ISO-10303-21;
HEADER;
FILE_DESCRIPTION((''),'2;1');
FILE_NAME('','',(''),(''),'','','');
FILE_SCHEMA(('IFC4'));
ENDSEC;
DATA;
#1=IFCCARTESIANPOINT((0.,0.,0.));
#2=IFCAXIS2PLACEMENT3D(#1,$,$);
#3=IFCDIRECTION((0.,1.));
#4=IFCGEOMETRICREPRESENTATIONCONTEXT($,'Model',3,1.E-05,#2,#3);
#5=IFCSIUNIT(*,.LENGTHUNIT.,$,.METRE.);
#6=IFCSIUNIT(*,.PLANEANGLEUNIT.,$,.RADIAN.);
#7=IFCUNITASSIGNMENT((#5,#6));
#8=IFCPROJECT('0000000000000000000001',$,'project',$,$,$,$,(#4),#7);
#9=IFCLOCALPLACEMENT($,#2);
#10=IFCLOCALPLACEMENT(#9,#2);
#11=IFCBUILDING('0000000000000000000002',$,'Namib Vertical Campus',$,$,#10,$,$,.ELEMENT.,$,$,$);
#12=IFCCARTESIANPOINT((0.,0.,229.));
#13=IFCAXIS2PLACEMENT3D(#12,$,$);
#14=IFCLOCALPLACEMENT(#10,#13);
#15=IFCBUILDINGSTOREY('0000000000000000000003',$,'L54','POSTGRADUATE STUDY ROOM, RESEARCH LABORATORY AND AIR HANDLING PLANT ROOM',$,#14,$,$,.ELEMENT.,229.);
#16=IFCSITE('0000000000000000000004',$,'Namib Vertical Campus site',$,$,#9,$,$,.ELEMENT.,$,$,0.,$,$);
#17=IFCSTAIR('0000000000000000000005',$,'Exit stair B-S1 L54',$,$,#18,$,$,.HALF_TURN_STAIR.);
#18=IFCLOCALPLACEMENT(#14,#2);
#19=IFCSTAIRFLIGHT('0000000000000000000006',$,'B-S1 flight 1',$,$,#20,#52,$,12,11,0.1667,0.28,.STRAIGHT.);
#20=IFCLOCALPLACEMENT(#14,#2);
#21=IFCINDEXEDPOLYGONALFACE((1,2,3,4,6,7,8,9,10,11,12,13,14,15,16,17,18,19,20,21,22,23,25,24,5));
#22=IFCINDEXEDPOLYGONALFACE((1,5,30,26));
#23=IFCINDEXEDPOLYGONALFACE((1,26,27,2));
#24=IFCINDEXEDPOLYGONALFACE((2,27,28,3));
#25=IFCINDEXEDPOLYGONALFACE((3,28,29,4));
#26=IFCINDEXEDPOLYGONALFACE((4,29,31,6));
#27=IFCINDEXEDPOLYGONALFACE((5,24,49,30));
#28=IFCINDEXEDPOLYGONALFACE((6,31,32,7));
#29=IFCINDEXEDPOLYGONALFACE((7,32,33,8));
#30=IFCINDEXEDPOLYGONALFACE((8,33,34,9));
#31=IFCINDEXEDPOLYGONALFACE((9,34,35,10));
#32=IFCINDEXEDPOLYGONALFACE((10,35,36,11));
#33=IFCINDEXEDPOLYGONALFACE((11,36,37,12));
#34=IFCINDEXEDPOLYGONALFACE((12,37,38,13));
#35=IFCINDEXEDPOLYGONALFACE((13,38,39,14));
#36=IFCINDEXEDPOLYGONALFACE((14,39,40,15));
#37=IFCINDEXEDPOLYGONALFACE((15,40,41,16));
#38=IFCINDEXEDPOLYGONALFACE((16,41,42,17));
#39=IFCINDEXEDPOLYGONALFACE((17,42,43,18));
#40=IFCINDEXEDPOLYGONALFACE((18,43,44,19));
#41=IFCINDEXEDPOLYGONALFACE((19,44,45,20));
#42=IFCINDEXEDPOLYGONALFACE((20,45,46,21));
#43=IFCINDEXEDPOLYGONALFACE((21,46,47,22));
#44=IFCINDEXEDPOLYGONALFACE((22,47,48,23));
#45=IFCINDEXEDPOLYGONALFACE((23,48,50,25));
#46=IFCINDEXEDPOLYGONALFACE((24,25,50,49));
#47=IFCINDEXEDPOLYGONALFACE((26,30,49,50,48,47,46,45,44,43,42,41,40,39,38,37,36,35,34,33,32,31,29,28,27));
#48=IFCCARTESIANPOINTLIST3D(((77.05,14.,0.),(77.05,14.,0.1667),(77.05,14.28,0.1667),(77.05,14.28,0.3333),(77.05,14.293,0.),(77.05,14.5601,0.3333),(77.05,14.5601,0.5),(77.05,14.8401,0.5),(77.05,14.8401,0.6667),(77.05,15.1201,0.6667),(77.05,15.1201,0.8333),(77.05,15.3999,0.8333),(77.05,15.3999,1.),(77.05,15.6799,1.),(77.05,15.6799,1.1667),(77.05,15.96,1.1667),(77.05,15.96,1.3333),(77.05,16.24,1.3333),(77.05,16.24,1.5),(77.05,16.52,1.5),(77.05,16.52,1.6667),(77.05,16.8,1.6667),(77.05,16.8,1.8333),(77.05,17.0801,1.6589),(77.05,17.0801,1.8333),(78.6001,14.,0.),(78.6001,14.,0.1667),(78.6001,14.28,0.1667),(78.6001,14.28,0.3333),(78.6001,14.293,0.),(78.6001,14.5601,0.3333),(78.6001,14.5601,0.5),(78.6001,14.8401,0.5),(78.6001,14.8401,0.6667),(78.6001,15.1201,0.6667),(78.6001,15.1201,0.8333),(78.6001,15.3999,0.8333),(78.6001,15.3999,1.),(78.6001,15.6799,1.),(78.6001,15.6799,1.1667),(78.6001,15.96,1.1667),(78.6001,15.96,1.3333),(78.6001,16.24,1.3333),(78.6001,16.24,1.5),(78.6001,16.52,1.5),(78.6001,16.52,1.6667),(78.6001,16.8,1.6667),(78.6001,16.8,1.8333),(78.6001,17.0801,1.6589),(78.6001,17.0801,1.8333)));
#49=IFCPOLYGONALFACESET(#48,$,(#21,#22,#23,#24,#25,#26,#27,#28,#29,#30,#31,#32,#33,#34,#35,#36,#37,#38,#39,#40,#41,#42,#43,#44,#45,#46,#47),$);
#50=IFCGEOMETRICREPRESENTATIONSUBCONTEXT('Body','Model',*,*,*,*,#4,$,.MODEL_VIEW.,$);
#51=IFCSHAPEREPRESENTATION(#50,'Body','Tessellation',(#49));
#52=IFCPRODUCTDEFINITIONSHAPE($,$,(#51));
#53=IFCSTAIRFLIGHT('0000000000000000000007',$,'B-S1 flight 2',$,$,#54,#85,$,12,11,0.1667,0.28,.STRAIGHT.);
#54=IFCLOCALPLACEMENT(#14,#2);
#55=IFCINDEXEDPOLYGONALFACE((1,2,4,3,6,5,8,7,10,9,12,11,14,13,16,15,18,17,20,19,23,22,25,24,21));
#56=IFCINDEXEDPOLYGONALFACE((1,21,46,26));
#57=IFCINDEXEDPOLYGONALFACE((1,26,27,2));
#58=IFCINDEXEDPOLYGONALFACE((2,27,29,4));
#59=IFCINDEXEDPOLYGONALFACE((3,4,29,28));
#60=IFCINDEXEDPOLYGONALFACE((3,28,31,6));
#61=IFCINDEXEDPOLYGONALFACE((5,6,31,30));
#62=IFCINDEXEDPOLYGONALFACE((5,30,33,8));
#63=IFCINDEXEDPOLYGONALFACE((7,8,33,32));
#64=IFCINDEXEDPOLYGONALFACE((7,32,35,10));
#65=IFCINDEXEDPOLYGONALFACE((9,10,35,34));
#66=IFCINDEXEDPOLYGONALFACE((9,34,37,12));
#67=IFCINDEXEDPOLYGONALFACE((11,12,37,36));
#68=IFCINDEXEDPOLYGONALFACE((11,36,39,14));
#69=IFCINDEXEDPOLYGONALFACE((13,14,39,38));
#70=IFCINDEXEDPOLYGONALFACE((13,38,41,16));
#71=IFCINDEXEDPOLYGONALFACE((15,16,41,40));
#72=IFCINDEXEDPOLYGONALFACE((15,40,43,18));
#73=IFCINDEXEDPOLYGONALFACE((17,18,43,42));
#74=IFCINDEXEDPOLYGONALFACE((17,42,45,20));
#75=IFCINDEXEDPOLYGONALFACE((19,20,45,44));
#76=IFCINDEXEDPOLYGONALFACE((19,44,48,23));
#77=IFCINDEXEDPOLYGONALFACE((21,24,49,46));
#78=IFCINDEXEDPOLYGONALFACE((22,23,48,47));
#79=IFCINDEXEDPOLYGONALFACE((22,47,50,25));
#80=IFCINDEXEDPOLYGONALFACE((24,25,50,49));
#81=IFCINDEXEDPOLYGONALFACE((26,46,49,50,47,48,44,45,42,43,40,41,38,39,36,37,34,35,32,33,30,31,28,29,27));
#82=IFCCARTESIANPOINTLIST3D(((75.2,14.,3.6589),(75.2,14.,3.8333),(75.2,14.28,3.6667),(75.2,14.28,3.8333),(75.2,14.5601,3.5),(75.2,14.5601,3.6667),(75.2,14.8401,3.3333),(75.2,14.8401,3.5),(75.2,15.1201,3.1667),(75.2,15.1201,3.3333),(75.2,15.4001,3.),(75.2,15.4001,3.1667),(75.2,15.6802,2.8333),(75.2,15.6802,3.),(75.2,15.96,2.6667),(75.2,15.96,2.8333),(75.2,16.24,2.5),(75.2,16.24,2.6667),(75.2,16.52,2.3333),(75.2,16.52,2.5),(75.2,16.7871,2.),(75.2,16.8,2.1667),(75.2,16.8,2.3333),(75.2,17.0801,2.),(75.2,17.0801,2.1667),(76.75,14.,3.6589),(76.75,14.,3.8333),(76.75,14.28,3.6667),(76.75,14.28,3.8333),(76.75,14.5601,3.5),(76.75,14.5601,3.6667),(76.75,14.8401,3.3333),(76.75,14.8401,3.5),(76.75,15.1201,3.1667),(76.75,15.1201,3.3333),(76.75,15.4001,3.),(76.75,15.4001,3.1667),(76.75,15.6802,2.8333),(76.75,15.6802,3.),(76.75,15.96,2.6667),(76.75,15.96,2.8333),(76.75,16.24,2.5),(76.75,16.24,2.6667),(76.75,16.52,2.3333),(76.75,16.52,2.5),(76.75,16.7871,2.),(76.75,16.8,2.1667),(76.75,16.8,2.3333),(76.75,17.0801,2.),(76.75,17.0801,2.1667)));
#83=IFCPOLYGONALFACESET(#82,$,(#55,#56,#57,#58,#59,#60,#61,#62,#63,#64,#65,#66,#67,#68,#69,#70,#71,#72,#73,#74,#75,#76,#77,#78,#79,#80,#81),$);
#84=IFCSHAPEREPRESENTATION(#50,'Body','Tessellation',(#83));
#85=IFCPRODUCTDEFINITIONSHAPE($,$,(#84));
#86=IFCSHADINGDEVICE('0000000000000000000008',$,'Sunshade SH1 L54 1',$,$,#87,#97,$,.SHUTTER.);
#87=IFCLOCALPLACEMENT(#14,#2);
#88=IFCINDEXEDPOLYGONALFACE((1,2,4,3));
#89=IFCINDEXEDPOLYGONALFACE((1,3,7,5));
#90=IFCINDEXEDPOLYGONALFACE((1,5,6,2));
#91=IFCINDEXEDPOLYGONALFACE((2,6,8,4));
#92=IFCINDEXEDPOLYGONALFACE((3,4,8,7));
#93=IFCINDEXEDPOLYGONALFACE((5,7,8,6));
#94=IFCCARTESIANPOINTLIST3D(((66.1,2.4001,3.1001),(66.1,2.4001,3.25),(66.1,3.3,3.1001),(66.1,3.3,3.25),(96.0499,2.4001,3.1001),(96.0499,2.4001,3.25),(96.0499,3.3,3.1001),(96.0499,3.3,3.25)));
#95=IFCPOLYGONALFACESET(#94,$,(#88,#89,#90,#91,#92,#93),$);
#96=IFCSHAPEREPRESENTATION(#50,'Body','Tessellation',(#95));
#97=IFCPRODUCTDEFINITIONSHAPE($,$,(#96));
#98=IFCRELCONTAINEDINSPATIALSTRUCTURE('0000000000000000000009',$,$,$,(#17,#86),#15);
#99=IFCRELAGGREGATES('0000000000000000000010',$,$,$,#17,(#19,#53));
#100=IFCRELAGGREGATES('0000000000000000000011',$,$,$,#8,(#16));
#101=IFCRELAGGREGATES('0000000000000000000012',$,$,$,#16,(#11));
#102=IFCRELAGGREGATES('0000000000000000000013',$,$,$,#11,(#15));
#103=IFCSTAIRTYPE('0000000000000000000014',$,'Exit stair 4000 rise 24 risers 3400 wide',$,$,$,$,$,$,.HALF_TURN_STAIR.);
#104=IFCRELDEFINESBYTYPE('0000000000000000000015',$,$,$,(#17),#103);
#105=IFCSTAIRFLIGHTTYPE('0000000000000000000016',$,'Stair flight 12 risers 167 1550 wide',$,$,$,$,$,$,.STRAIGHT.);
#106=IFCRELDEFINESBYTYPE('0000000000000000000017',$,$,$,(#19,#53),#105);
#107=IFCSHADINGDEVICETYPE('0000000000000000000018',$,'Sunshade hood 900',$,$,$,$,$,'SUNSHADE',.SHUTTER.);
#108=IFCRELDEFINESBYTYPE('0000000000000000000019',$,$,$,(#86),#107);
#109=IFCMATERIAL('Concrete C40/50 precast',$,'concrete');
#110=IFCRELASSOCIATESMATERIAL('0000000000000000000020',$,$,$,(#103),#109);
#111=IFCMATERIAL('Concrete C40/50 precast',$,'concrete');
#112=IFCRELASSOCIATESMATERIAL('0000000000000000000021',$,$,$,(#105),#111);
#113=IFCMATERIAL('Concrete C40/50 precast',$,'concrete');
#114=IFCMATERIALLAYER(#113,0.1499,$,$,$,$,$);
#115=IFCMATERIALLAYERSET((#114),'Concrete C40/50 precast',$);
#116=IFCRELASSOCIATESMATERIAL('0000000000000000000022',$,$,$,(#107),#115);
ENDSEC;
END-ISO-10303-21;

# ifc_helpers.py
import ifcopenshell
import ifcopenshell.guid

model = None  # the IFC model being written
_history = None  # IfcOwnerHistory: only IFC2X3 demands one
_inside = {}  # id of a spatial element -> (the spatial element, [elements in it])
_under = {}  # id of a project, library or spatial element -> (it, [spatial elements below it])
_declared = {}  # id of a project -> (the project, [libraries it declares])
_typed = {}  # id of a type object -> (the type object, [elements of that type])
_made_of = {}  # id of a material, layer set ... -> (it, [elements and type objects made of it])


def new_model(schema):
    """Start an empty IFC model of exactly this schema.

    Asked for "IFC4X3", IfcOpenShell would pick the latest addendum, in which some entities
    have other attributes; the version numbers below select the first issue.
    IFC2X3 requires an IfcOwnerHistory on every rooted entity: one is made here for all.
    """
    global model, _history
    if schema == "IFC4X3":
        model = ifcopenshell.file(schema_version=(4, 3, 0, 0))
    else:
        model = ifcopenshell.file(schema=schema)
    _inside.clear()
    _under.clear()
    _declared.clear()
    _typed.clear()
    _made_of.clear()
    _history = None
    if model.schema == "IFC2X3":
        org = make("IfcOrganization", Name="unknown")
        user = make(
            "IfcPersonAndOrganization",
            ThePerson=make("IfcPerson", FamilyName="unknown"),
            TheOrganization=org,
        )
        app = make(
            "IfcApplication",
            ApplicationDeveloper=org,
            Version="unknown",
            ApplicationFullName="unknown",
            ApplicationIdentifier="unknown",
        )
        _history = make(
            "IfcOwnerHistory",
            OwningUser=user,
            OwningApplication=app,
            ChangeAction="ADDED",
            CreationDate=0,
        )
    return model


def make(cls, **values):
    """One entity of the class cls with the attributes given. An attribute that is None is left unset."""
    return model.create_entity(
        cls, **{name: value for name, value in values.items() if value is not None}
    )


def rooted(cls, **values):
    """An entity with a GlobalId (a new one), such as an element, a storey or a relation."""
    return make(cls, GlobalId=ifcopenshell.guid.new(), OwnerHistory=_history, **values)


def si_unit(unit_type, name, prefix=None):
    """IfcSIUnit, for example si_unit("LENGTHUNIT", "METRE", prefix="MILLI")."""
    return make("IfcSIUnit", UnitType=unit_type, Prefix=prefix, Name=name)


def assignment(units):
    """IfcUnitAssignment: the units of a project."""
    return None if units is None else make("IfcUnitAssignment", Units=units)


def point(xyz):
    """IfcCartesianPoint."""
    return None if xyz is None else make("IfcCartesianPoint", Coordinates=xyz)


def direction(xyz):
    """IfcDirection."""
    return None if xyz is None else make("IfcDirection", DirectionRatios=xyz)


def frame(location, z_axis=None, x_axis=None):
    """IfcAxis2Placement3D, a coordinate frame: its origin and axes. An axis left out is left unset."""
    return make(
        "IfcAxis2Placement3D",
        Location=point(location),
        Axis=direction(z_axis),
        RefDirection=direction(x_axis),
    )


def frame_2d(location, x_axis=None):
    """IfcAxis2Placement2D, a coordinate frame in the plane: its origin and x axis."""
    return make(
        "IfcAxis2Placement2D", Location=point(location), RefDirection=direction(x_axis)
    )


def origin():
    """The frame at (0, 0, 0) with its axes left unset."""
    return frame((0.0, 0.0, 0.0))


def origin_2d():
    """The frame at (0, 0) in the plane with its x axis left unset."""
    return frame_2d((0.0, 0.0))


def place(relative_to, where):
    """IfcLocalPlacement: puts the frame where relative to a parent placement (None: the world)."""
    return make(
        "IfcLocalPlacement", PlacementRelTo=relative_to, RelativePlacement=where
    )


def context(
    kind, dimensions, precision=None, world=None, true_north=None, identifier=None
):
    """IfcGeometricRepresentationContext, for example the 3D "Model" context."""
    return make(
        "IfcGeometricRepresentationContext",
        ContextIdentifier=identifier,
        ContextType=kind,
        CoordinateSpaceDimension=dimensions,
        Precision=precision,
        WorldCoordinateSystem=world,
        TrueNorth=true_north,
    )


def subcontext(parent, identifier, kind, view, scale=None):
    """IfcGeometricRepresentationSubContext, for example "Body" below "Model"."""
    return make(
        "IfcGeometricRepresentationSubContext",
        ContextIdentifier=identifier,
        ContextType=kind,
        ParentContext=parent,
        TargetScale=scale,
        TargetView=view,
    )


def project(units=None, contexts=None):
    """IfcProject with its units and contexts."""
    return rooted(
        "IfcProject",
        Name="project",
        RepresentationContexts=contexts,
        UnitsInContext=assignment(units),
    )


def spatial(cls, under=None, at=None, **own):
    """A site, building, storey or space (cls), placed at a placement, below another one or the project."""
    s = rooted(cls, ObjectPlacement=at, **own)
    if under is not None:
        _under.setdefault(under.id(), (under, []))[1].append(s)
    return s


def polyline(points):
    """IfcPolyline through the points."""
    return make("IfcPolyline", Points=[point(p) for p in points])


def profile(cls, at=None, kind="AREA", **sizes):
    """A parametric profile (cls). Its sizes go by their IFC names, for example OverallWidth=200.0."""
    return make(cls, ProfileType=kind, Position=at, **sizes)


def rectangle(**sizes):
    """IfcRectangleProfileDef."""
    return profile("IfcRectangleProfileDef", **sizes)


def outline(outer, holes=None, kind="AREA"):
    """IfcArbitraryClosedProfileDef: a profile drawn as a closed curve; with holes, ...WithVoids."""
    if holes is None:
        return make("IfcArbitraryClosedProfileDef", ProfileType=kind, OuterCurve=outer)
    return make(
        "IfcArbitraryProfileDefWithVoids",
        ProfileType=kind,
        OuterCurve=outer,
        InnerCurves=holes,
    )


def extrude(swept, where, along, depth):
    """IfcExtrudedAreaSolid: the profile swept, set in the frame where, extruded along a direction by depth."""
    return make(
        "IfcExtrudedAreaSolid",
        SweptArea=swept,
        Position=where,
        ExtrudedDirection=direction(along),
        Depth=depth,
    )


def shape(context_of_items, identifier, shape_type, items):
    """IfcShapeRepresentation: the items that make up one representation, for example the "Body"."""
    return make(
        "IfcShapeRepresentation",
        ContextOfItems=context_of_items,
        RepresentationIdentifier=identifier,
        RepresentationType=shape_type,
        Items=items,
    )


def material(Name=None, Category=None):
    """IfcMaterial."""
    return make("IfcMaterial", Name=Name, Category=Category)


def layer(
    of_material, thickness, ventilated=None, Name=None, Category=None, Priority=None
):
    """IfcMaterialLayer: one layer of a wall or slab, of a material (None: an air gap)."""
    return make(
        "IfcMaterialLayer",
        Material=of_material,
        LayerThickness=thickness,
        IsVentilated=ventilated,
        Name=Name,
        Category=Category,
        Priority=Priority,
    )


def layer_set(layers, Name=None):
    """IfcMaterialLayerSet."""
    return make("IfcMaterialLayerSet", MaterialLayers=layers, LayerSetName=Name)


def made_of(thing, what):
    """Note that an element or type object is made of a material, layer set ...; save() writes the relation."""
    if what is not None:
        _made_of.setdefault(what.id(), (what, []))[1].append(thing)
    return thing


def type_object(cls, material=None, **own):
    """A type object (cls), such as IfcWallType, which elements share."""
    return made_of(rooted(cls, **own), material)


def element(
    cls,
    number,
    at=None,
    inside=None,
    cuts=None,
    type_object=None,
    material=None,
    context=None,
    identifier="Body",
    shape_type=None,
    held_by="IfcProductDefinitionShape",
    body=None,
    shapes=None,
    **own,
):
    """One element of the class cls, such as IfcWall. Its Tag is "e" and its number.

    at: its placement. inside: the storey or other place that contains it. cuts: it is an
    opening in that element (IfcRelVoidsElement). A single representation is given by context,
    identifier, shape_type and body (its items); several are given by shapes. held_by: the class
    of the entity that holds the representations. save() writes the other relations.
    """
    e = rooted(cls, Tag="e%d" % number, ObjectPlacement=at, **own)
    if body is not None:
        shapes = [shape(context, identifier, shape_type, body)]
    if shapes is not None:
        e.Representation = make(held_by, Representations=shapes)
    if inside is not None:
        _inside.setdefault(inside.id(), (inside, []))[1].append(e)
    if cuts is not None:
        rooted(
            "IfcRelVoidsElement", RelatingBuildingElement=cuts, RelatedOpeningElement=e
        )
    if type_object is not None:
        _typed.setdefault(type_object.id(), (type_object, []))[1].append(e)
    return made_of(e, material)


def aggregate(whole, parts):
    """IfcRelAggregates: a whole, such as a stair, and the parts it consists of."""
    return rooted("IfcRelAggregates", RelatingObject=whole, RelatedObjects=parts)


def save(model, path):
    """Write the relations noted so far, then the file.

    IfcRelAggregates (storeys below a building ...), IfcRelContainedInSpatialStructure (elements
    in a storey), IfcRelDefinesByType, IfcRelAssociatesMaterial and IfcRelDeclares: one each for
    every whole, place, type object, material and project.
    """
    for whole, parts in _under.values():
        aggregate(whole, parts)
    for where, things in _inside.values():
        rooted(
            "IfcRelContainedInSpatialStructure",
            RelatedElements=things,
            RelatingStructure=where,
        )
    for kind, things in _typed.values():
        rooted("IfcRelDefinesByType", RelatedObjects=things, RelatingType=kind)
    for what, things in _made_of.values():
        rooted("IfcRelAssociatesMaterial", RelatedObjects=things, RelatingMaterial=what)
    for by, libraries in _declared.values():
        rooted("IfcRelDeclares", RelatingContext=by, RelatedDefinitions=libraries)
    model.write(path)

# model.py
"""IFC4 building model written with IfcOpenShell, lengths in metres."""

from ifc_helpers import new_model, si_unit, direction, frame, origin, origin_2d, place, context, subcontext, project, spatial, polyline, rectangle, outline, extrude, material, layer, layer_set, type_object, element, aggregate, save


model = new_model("IFC4")

# Units and contexts
model_context = context("Model", 3, precision=1e-05, world=origin(), true_north=direction((0.0, 1.0)))
body_context = subcontext(model_context, "Body", "Model", "MODEL_VIEW")
ifc_project = project(units=[si_unit("LENGTHUNIT", "METRE"), si_unit("PLANEANGLEUNIT", "RADIAN")], contexts=[model_context])

# Site, building, storey
site_placement = place(None, origin())
site = spatial("IfcSite", under=ifc_project, at=site_placement, Name="Namib Vertical Campus site", CompositionType="ELEMENT", RefElevation=0.0)
building_placement = place(site_placement, origin())
building = spatial("IfcBuilding", under=site, at=building_placement, Name="Namib Vertical Campus", CompositionType="ELEMENT")
storey_placement = place(building_placement, frame((0.0, 0.0, 229.0)))
storey = spatial("IfcBuildingStorey", under=building, at=storey_placement, Name="L54", Description="POSTGRADUATE STUDY ROOM, RESEARCH LABORATORY AND AIR HANDLING PLANT ROOM", CompositionType="ELEMENT", Elevation=229.0)

# Stair, stair flights
ifc_material_1 = material(Name="Concrete C40/50 precast", Category="concrete")
stair_type = type_object("IfcStairType", Name="Exit stair 4000 rise 24 risers 3400 wide", PredefinedType="HALF_TURN_STAIR", material=ifc_material_1)
stair_placement = place(storey_placement, origin())
stair = element("IfcStair", 1, at=stair_placement, inside=storey, type_object=stair_type, Name="Exit stair B-S1 L54", PredefinedType="HALF_TURN_STAIR")
ifc_material_2 = material(Name="Concrete C40/50 precast", Category="concrete")
stair_flight_type = type_object("IfcStairFlightType", Name="Stair flight 12 risers 167 1550 wide", PredefinedType="STRAIGHT", material=ifc_material_2)
stair_flight_1_placement = place(storey_placement, frame((77.825, 14.0, 0.0), z_axis=(0.0, 0.0, 1.0), x_axis=(0.0, 1.0, 0.0)))
stair_flight_1 = element("IfcStairFlight", 2, at=stair_flight_1_placement, type_object=stair_flight_type, Name="B-S1 flight 1", NumberOfRisers=12, NumberOfTreads=11, PredefinedType="STRAIGHT", RiserHeight=0.1667, TreadLength=0.28, context=body_context, shape_type="SweptSolid", body=[
    extrude(outline(polyline([(0.0, 0.0), (0.0, 0.1667), (0.28, 0.1667), (0.28, 0.3333), (0.5601, 0.3333), (0.5601, 0.5), (0.8401, 0.5), (0.8401, 0.6667), (1.1201, 0.6667), (1.1201, 0.8333), (1.3999, 0.8333), (1.3999, 1.0), (1.6799, 1.0), (1.6799, 1.1667), (1.96, 1.1667), (1.96, 1.3333), (2.24, 1.3333), (2.24, 1.5), (2.52, 1.5), (2.52, 1.6667), (2.8, 1.6667), (2.8, 1.8333), (3.0801, 1.8333), (3.0801, 2.0), (3.0801, 1.6589), (0.293, 0.0), (0.0, 0.0)])), frame((0.0, 0.7749, 0.0), z_axis=(0.0, -1.0, 0.0), x_axis=(1.0, 0.0, 0.0)), (0.0, 0.0, 1.0), 1.55),
])
stair_flight_2_placement = place(storey_placement, frame((75.9751, 17.0801, 2.0), z_axis=(0.0, 0.0, 1.0), x_axis=(0.0, -1.0, 0.0)))
stair_flight_2 = element("IfcStairFlight", 3, at=stair_flight_2_placement, type_object=stair_flight_type, Name="B-S1 flight 2", NumberOfRisers=12, NumberOfTreads=11, PredefinedType="STRAIGHT", RiserHeight=0.1667, TreadLength=0.28, context=body_context, shape_type="SweptSolid", body=[
    extrude(outline(polyline([(0.0, 0.0), (0.0, 0.1667), (0.28, 0.1667), (0.28, 0.3333), (0.5601, 0.3333), (0.5601, 0.5), (0.8401, 0.5), (0.8401, 0.6667), (1.1201, 0.6667), (1.1201, 0.8333), (1.3999, 0.8333), (1.3999, 1.0), (1.6799, 1.0), (1.6799, 1.1667), (1.96, 1.1667), (1.96, 1.3333), (2.24, 1.3333), (2.24, 1.5), (2.52, 1.5), (2.52, 1.6667), (2.8, 1.6667), (2.8, 1.8333), (3.0801, 1.8333), (3.0801, 2.0), (3.0801, 1.6589), (0.293, 0.0), (0.0, 0.0)])), frame((0.0, 0.7749, 0.0), z_axis=(0.0, -1.0, 0.0), x_axis=(1.0, 0.0, 0.0)), (0.0, 0.0, 1.0), 1.55),
])
aggregate(stair, [stair_flight_1, stair_flight_2])

# Shading device
ifc_material_3 = material(Name="Concrete C40/50 precast", Category="concrete")
ifc_layer_1 = layer(ifc_material_3, 0.1499)
ifc_layer_set_1 = layer_set([ifc_layer_1], Name="Concrete C40/50 precast")
shading_device_type = type_object("IfcShadingDeviceType", Name="Sunshade hood 900", ElementType="SUNSHADE", PredefinedType="SHUTTER", material=ifc_layer_set_1)
shading_device_placement = place(storey_placement, frame((81.075, 2.8501, 3.1001), z_axis=(0.0, 0.0, 1.0), x_axis=(1.0, 0.0, 0.0)))
element("IfcShadingDevice", 4, at=shading_device_placement, inside=storey, type_object=shading_device_type, Name="Sunshade SH1 L54 1", PredefinedType="SHUTTER", context=body_context, shape_type="SweptSolid", body=[
    extrude(rectangle(XDim=29.95, YDim=0.8999, at=origin_2d()), origin(), (0.0, 0.0, 1.0), 0.1499),
])

save(model, "model.ifc")
